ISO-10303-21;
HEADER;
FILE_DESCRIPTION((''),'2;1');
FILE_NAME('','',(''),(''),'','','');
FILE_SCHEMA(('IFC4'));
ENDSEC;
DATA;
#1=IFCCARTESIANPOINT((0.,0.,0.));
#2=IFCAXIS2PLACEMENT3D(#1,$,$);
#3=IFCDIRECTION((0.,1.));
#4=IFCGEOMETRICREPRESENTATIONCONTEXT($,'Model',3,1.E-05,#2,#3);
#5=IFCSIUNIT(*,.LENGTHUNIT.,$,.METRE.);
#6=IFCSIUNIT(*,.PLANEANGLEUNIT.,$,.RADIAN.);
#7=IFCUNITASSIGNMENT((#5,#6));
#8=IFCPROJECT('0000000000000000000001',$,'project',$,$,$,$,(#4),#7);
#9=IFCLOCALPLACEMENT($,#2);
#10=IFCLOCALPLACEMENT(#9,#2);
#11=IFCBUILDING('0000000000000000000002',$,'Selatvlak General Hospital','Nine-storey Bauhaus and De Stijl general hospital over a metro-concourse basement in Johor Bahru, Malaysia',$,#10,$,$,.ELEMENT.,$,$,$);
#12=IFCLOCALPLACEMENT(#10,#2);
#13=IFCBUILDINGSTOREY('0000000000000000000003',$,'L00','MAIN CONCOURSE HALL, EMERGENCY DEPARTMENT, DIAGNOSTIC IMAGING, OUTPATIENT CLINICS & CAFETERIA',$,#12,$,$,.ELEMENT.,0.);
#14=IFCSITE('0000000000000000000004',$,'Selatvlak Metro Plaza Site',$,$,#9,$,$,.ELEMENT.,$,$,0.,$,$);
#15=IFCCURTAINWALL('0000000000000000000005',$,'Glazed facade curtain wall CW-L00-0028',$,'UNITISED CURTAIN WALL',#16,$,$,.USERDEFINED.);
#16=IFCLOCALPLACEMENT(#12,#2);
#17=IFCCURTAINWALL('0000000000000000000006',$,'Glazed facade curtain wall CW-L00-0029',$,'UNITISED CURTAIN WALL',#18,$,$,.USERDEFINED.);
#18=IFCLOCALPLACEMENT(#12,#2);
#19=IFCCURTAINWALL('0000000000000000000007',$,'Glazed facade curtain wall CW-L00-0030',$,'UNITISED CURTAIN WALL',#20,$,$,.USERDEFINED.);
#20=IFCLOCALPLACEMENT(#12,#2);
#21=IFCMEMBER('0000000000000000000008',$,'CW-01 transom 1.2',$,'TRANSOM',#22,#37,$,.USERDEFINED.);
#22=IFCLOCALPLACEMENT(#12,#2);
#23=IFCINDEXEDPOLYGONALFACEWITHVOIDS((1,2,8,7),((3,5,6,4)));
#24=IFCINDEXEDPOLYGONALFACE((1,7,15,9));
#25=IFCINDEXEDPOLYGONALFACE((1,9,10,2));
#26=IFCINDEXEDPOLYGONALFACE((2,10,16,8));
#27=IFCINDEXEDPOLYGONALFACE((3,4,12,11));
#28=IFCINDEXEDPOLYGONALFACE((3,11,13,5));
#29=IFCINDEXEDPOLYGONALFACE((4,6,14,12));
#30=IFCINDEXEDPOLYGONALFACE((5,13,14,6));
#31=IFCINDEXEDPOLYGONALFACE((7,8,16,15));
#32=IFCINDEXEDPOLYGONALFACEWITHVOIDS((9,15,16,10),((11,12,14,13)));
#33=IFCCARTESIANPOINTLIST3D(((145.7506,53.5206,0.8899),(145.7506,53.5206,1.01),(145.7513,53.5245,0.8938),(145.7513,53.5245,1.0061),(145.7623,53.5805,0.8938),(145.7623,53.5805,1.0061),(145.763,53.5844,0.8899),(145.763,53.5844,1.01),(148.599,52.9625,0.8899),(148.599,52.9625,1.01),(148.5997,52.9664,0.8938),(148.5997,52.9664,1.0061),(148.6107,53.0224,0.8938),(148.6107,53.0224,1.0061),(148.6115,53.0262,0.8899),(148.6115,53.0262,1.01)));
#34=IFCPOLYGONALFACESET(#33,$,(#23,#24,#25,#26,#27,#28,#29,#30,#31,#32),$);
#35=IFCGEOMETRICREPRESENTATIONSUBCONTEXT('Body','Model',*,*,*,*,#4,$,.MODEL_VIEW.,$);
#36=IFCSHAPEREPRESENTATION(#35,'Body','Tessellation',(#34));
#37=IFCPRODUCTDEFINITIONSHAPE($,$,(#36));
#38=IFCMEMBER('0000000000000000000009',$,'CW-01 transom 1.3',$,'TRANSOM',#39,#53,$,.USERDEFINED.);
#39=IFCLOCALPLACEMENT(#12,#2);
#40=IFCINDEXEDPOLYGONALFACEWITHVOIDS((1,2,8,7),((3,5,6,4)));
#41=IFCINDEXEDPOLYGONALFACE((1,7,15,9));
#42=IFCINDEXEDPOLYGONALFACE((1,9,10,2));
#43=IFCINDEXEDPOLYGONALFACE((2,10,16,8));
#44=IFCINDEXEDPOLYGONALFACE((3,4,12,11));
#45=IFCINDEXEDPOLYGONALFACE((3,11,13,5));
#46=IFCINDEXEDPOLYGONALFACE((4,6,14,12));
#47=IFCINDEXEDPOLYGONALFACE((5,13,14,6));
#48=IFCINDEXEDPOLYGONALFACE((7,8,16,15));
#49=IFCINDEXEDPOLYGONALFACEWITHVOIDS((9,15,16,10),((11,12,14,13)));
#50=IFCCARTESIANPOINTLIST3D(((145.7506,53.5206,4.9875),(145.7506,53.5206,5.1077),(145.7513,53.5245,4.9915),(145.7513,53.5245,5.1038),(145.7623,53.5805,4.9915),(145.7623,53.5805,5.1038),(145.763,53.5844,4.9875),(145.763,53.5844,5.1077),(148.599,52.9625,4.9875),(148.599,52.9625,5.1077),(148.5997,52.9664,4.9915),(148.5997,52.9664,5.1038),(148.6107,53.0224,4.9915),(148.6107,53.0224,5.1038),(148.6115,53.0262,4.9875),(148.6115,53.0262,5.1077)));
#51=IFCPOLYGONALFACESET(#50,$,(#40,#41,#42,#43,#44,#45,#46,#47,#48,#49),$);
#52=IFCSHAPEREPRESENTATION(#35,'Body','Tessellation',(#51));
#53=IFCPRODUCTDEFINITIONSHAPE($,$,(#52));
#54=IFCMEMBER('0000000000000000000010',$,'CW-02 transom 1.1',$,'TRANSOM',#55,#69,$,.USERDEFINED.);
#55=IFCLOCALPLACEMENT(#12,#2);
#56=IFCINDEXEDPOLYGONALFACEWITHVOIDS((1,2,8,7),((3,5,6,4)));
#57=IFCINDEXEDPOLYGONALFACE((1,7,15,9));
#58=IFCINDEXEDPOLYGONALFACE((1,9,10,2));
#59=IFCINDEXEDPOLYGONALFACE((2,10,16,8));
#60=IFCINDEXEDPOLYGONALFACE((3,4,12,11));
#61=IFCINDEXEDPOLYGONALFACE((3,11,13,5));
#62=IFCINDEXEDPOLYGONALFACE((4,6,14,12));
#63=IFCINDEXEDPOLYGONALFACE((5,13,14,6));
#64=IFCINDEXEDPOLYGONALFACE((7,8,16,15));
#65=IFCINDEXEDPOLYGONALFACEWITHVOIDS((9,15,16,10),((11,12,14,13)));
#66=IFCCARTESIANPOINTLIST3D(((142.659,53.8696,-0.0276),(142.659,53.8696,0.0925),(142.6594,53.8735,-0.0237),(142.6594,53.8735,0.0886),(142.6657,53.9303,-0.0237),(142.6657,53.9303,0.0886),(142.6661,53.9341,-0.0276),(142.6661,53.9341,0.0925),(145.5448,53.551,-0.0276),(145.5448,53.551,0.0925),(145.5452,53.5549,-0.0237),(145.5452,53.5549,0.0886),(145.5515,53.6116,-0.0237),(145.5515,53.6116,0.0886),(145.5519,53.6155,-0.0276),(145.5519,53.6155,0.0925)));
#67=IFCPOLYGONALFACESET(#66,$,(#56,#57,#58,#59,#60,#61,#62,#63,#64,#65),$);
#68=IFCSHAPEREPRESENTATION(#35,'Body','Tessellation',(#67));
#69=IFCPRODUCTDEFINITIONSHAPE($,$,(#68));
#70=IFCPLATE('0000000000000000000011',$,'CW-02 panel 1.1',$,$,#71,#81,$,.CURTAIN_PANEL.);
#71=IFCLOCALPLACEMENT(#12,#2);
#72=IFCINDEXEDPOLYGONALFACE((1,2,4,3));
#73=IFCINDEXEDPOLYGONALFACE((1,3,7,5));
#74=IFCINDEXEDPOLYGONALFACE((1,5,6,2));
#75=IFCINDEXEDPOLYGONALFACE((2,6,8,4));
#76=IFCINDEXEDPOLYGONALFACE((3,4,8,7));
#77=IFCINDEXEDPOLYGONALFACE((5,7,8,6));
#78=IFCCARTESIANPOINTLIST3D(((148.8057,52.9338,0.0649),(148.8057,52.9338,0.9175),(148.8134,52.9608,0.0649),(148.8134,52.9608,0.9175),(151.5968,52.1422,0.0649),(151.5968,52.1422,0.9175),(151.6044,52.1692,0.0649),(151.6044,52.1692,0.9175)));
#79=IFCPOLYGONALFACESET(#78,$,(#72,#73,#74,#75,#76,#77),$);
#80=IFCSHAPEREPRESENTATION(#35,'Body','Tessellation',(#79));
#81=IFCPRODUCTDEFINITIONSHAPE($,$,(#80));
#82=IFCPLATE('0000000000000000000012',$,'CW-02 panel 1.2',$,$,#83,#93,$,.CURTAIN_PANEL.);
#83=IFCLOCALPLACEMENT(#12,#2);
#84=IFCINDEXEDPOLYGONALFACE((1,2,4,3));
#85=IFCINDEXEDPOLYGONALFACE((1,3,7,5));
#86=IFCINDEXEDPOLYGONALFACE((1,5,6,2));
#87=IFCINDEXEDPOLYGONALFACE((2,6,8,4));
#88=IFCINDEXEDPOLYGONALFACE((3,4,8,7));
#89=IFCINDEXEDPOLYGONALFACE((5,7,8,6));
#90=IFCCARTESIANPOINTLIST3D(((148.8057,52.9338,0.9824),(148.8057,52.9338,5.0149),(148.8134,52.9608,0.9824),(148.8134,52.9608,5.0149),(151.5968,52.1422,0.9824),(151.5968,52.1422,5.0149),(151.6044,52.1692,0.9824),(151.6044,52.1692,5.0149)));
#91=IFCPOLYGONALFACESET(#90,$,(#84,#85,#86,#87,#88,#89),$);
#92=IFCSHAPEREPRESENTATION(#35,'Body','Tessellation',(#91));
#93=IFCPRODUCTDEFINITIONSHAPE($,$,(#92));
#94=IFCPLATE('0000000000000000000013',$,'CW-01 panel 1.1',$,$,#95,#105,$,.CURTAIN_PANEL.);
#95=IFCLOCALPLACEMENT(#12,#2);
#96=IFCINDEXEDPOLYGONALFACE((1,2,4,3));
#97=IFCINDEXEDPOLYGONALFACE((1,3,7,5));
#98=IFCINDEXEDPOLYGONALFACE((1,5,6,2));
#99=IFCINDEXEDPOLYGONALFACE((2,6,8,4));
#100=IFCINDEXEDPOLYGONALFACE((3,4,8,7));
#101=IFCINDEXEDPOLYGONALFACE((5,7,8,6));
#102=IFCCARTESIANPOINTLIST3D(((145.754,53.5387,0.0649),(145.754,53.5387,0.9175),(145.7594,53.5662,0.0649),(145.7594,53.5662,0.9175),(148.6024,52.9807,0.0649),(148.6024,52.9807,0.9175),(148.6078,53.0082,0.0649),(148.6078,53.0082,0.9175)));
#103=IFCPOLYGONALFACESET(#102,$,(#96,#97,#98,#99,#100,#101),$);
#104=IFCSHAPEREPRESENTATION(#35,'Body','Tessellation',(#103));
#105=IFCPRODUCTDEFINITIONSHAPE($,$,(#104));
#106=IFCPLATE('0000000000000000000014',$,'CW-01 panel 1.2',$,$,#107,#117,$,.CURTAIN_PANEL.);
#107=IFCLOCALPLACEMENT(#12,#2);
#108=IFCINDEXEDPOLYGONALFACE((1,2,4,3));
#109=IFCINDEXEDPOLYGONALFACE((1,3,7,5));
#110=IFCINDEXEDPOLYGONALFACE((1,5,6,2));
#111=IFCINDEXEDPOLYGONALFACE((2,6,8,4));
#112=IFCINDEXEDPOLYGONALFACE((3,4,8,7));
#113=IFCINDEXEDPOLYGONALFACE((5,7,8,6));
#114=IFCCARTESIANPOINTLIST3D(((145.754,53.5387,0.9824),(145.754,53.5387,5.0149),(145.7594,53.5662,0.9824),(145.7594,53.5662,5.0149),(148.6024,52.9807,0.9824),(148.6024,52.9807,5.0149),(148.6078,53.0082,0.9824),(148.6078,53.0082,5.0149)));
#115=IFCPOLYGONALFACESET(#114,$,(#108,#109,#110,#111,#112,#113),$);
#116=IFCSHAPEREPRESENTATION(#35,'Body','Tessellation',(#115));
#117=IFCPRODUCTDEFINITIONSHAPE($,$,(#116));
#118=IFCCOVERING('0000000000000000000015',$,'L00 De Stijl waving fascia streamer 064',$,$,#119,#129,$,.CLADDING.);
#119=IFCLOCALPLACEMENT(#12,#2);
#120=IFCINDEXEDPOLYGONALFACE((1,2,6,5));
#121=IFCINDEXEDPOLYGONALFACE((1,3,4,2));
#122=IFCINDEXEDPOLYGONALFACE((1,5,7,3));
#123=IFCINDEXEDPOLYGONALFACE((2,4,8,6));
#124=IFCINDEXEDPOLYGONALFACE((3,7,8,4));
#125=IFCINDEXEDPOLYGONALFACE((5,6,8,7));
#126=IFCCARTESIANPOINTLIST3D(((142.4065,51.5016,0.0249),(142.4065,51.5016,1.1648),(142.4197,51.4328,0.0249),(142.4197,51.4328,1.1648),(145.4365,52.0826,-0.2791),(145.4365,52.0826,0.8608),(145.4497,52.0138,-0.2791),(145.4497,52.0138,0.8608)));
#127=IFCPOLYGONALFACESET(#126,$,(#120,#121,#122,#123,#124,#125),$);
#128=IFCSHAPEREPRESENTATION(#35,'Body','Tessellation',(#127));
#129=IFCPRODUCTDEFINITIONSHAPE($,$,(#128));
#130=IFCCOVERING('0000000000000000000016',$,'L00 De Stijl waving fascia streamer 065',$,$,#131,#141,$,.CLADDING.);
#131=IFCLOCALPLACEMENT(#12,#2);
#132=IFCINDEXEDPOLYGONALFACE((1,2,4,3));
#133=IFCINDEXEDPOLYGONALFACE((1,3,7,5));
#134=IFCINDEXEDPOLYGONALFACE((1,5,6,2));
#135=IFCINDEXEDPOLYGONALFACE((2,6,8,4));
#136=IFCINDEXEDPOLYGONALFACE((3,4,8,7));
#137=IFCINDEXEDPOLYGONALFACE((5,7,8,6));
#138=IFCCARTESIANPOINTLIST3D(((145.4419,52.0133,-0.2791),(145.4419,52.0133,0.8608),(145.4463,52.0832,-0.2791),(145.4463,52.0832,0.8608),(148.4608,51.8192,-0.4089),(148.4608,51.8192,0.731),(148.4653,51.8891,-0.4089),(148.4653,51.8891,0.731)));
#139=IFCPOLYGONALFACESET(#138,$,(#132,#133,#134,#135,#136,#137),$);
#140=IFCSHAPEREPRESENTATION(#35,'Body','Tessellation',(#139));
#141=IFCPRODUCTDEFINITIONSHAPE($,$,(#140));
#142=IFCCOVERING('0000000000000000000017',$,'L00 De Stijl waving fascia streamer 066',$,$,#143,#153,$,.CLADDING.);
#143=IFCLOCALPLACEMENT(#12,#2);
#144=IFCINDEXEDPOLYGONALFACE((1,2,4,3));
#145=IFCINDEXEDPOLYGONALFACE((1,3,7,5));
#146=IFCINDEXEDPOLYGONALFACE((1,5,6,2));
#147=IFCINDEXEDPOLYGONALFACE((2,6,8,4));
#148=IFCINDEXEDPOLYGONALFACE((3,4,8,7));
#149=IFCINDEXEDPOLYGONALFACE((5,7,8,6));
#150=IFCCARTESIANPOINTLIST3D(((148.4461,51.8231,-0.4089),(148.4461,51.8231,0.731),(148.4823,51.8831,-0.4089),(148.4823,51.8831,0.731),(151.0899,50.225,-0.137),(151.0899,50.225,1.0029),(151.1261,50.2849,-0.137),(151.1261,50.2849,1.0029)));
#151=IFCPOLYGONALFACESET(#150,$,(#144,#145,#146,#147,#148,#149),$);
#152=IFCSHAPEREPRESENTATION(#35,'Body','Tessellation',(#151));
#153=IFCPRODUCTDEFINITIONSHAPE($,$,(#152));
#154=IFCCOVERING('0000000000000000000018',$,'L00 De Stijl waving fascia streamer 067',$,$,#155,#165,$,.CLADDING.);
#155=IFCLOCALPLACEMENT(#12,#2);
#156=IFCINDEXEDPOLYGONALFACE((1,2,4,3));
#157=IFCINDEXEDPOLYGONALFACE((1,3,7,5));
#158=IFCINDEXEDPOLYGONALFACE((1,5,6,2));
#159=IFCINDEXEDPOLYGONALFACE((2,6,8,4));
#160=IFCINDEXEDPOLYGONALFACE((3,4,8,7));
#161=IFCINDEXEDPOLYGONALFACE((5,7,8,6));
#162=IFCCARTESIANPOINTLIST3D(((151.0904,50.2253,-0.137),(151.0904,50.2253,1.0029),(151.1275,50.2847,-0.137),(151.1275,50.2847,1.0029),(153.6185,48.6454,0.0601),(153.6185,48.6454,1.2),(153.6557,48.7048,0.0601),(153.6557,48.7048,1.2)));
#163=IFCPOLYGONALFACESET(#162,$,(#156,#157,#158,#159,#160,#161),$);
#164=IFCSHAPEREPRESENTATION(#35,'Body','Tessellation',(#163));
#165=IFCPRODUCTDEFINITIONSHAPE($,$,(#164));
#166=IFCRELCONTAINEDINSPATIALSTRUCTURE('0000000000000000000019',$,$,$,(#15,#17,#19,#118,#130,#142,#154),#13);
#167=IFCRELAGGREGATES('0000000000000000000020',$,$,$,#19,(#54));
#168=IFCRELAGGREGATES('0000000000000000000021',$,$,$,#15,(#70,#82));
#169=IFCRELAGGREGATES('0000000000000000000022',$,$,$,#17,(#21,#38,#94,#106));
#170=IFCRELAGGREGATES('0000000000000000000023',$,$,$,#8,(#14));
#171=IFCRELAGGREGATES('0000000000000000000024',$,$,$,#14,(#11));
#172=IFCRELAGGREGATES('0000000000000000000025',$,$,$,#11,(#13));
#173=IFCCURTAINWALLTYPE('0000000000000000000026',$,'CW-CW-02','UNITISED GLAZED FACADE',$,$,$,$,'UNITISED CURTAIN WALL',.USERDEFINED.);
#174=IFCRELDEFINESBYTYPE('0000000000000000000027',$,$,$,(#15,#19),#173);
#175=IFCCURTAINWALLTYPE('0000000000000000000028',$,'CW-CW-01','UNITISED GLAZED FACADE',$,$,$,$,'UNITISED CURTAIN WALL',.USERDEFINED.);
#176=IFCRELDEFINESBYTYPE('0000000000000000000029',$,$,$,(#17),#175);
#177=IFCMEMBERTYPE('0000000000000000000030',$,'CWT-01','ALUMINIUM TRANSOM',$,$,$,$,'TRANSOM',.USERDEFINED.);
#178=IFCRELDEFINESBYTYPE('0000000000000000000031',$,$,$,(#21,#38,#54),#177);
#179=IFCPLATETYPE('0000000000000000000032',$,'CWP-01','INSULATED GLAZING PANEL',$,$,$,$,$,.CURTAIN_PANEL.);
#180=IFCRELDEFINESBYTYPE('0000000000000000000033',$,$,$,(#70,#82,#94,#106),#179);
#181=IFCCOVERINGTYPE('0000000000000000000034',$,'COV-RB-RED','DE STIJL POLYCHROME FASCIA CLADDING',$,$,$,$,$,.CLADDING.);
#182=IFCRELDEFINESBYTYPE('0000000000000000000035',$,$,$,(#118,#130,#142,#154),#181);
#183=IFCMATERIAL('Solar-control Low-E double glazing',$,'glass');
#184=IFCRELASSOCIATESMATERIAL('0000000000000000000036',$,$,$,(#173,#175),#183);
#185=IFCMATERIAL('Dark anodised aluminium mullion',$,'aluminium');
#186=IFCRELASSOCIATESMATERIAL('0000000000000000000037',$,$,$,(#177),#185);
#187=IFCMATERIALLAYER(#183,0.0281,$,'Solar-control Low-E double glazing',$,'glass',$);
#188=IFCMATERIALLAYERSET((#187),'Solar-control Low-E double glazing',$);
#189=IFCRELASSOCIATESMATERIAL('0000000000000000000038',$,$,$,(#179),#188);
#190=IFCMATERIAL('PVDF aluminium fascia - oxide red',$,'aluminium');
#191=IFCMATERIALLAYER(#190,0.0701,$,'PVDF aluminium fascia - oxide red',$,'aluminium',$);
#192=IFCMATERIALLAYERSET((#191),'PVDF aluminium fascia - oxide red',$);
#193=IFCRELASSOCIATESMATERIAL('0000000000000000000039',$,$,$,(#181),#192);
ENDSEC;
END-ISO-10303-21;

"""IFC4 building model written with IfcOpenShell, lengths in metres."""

from ifc_helpers import new_model, si_unit, direction, frame, origin, origin_2d, place, context, subcontext, project, spatial, polyline, rectangle, hollow_rectangle, outline, extrude, material, layer, layer_set, material_profile, profile_set, type_object, element, aggregate, save


model = new_model("IFC4")

# Units and contexts
model_context = context("Model", 3, precision=1e-05, world=origin(), true_north=direction((0.0, 1.0)))
body_context = subcontext(model_context, "Body", "Model", "MODEL_VIEW")
ifc_project = project(units=[si_unit("LENGTHUNIT", "METRE"), si_unit("PLANEANGLEUNIT", "RADIAN")], contexts=[model_context])

# Site, building, storey
site_placement = place(None, origin())
site = spatial("IfcSite", under=ifc_project, at=site_placement, Name="Selatvlak Metro Plaza Site", CompositionType="ELEMENT", RefElevation=0.0)
building_placement = place(site_placement, origin())
building = spatial("IfcBuilding", under=site, at=building_placement, Name="Selatvlak General Hospital", Description="Nine-storey Bauhaus and De Stijl general hospital over a metro-concourse basement in Johor Bahru, Malaysia", CompositionType="ELEMENT")
storey_placement = place(building_placement, origin())
storey = spatial("IfcBuildingStorey", under=building, at=storey_placement, Name="L00", Description="MAIN CONCOURSE HALL, EMERGENCY DEPARTMENT, DIAGNOSTIC IMAGING, OUTPATIENT CLINICS & CAFETERIA", CompositionType="ELEMENT", Elevation=0.0)

# Curtain wall
ifc_material_1 = material(Name="Solar-control Low-E double glazing", Category="glass")
curtain_wall_type_1 = type_object("IfcCurtainWallType", Name="CW-CW-02", Description="UNITISED GLAZED FACADE", ElementType="UNITISED CURTAIN WALL", PredefinedType="USERDEFINED", material=ifc_material_1)
curtain_wall_1_placement = place(storey_placement, origin())
curtain_wall_1 = element("IfcCurtainWall", 1, at=curtain_wall_1_placement, inside=storey, type_object=curtain_wall_type_1, Name="Glazed facade curtain wall CW-L00-0028", ObjectType="UNITISED CURTAIN WALL", PredefinedType="USERDEFINED")
ifc_material_2 = material(Name="Dark anodised aluminium mullion", Category="aluminium")

# Curtain wall
curtain_wall_type_2 = type_object("IfcCurtainWallType", Name="CW-CW-01", Description="UNITISED GLAZED FACADE", ElementType="UNITISED CURTAIN WALL", PredefinedType="USERDEFINED", material=ifc_material_1)
curtain_wall_2_placement = place(storey_placement, origin())
curtain_wall_2 = element("IfcCurtainWall", 2, at=curtain_wall_2_placement, inside=storey, type_object=curtain_wall_type_2, Name="Glazed facade curtain wall CW-L00-0029", ObjectType="UNITISED CURTAIN WALL", PredefinedType="USERDEFINED")

# Curtain wall
curtain_wall_3_placement = place(storey_placement, origin())
curtain_wall_3 = element("IfcCurtainWall", 3, at=curtain_wall_3_placement, inside=storey, type_object=curtain_wall_type_1, Name="Glazed facade curtain wall CW-L00-0030", ObjectType="UNITISED CURTAIN WALL", PredefinedType="USERDEFINED")

# Members
ifc_material_profile_1 = material_profile(ifc_material_2, hollow_rectangle(XDim=0.0649, YDim=0.1201, WallThickness=0.0039, at=origin_2d()), Name="AL-TRN 65x120x4")
ifc_profile_set_1 = profile_set([ifc_material_profile_1], Name="Dark anodised aluminium mullion")
member_type_1 = type_object("IfcMemberType", Name="CWT-01", Description="ALUMINIUM TRANSOM", ElementType="TRANSOM", PredefinedType="USERDEFINED", material=ifc_profile_set_1)
member_1_placement = place(storey_placement, frame((148.6052, 52.9944, 0.95), z_axis=(-0.98134, 0.192281, 0.0), x_axis=(-0.192281, -0.98134, 0.0)))
member_1 = element("IfcMember", 4, at=member_1_placement, type_object=member_type_1, Name="CW-01 transom 1.2", ObjectType="TRANSOM", PredefinedType="USERDEFINED", context=body_context, shape_type="SweptSolid", body=[
    extrude(hollow_rectangle(XDim=0.0649, YDim=0.1201, WallThickness=0.0039, at=origin_2d()), origin(), (0.0, 0.0, 1.0), 2.9026),
])
member_2_placement = place(storey_placement, frame((148.6052, 52.9944, 5.0476), z_axis=(-0.98134, 0.192281, 0.0), x_axis=(-0.192281, -0.98134, 0.0)))
member_2 = element("IfcMember", 5, at=member_2_placement, type_object=member_type_1, Name="CW-01 transom 1.3", ObjectType="TRANSOM", PredefinedType="USERDEFINED", context=body_context, shape_type="SweptSolid", body=[
    extrude(hollow_rectangle(XDim=0.0649, YDim=0.1201, WallThickness=0.0039, at=origin_2d()), origin(), (0.0, 0.0, 1.0), 2.9026),
])
member_3_placement = place(storey_placement, frame((145.5483, 53.5833, 0.0325), z_axis=(-0.99396, 0.109739, 0.0), x_axis=(-0.109739, -0.99396, 0.0)))
member_3 = element("IfcMember", 6, at=member_3_placement, type_object=member_type_1, Name="CW-02 transom 1.1", ObjectType="TRANSOM", PredefinedType="USERDEFINED", context=body_context, shape_type="SweptSolid", body=[
    extrude(hollow_rectangle(XDim=0.0649, YDim=0.1201, WallThickness=0.0039, at=origin_2d()), origin(), (0.0, 0.0, 1.0), 2.9033),
])
aggregate(curtain_wall_3, [member_3])

# Plates
ifc_layer_1 = layer(ifc_material_1, 0.0281, Name="Solar-control Low-E double glazing", Category="glass")
ifc_layer_set_1 = layer_set([ifc_layer_1], Name="Solar-control Low-E double glazing")
plate_type = type_object("IfcPlateType", Name="CWP-01", Description="INSULATED GLAZING PANEL", PredefinedType="CURTAIN_PANEL", material=ifc_layer_set_1)
plate_1_placement = place(storey_placement, frame((150.2051, 52.5515, 0.0649), z_axis=(0.0, 0.0, 1.0), x_axis=(-0.962057, 0.272847, 0.0)))
plate_1 = element("IfcPlate", 7, at=plate_1_placement, type_object=plate_type, Name="CW-02 panel 1.1", PredefinedType="CURTAIN_PANEL", context=body_context, shape_type="SweptSolid", body=[
    extrude(rectangle(XDim=2.9011, YDim=0.0281, at=origin_2d()), origin(), (0.0, 0.0, 1.0), 0.8525),
])
plate_2_placement = place(storey_placement, frame((150.2051, 52.5515, 0.9824), z_axis=(0.0, 0.0, 1.0), x_axis=(-0.962057, 0.272847, 0.0)))
plate_2 = element("IfcPlate", 8, at=plate_2_placement, type_object=plate_type, Name="CW-02 panel 1.2", PredefinedType="CURTAIN_PANEL", context=body_context, shape_type="SweptSolid", body=[
    extrude(rectangle(XDim=2.9011, YDim=0.0281, at=origin_2d()), origin(), (0.0, 0.0, 1.0), 4.0325),
])
aggregate(curtain_wall_1, [plate_1, plate_2])
plate_3_placement = place(storey_placement, frame((147.1809, 53.2734, 0.0649), z_axis=(0.0, 0.0, 1.0), x_axis=(-0.981347, 0.192246, 0.0)))
plate_3 = element("IfcPlate", 9, at=plate_3_placement, type_object=plate_type, Name="CW-01 panel 1.1", PredefinedType="CURTAIN_PANEL", context=body_context, shape_type="SweptSolid", body=[
    extrude(rectangle(XDim=2.9026, YDim=0.0281, at=origin_2d()), origin(), (0.0, 0.0, 1.0), 0.8525),
])
plate_4_placement = place(storey_placement, frame((147.1809, 53.2734, 0.9824), z_axis=(0.0, 0.0, 1.0), x_axis=(-0.981347, 0.192246, 0.0)))
plate_4 = element("IfcPlate", 10, at=plate_4_placement, type_object=plate_type, Name="CW-01 panel 1.2", PredefinedType="CURTAIN_PANEL", context=body_context, shape_type="SweptSolid", body=[
    extrude(rectangle(XDim=2.9026, YDim=0.0281, at=origin_2d()), origin(), (0.0, 0.0, 1.0), 4.0325),
])
aggregate(curtain_wall_2, [member_1, member_2, plate_3, plate_4])

# Coverings
ifc_material_3 = material(Name="PVDF aluminium fascia - oxide red", Category="aluminium")
ifc_layer_2 = layer(ifc_material_3, 0.0701, Name="PVDF aluminium fascia - oxide red", Category="aluminium")
ifc_layer_set_2 = layer_set([ifc_layer_2], Name="PVDF aluminium fascia - oxide red")
covering_type = type_object("IfcCoveringType", Name="COV-RB-RED", Description="DE STIJL POLYCHROME FASCIA CLADDING", PredefinedType="CLADDING", material=ifc_layer_set_2)
covering_1_placement = place(storey_placement, frame((142.4131, 51.467, 0.0249), z_axis=(0.0, 0.0, 1.0), x_axis=(0.982105, 0.188334, 0.0)))
element("IfcCovering", 11, at=covering_1_placement, inside=storey, type_object=covering_type, Name="L00 De Stijl waving fascia streamer 064", PredefinedType="CLADDING", context=body_context, shape_type="SweptSolid", body=[
    extrude(outline(polyline([(0.0, 0.0), (3.0852, -0.304), (3.0852, 0.8359), (0.0, 1.1399), (0.0, 0.0)])), frame((0.0, 0.0352, 0.0), z_axis=(0.0, -1.0, 0.0), x_axis=(1.0, 0.0, 0.0)), (0.0, 0.0, 1.0), 0.0701),
])
covering_2_placement = place(storey_placement, frame((145.4441, 52.0481, -0.2791), z_axis=(0.0, 0.0, 1.0), x_axis=(0.99794, -0.064162, 0.0)))
element("IfcCovering", 12, at=covering_2_placement, inside=storey, type_object=covering_type, Name="L00 De Stijl waving fascia streamer 065", PredefinedType="CLADDING", context=body_context, shape_type="SweptSolid", body=[
    extrude(outline(polyline([(0.0, 0.0), (3.0251, -0.1299), (3.0251, 1.01), (0.0, 1.1399), (0.0, 0.0)])), frame((0.0, 0.0352, 0.0), z_axis=(0.0, -1.0, 0.0), x_axis=(1.0, 0.0, 0.0)), (0.0, 0.0, 1.0), 0.0701),
])
covering_3_placement = place(storey_placement, frame((148.4641, 51.853, -0.4089), z_axis=(0.0, 0.0, 1.0), x_axis=(0.855794, -0.517317, 0.0)))
element("IfcCovering", 13, at=covering_3_placement, inside=storey, type_object=covering_type, Name="L00 De Stijl waving fascia streamer 066", PredefinedType="CLADDING", context=body_context, shape_type="SweptSolid", body=[
    extrude(outline(polyline([(0.0, 0.0), (3.0894, 0.272), (3.0894, 1.4119), (0.0, 1.1399), (0.0, 0.0)])), frame((0.0, 0.0352, 0.0), z_axis=(0.0, -1.0, 0.0), x_axis=(1.0, 0.0, 0.0)), (0.0, 0.0, 1.0), 0.0701),
])
covering_4_placement = place(storey_placement, frame((151.1089, 50.2549, -0.137), z_axis=(0.0, 0.0, 1.0), x_axis=(0.848031, -0.529947, 0.0)))
element("IfcCovering", 14, at=covering_4_placement, inside=storey, type_object=covering_type, Name="L00 De Stijl waving fascia streamer 067", PredefinedType="CLADDING", context=body_context, shape_type="SweptSolid", body=[
    extrude(outline(polyline([(0.0, 0.0), (2.9812, 0.197), (2.9812, 1.3369), (0.0, 1.1399), (0.0, 0.0)])), frame((0.0, 0.0352, 0.0), z_axis=(0.0, -1.0, 0.0), x_axis=(1.0, 0.0, 0.0)), (0.0, 0.0, 1.0), 0.0701),
])

save(model, "model.ifc")
